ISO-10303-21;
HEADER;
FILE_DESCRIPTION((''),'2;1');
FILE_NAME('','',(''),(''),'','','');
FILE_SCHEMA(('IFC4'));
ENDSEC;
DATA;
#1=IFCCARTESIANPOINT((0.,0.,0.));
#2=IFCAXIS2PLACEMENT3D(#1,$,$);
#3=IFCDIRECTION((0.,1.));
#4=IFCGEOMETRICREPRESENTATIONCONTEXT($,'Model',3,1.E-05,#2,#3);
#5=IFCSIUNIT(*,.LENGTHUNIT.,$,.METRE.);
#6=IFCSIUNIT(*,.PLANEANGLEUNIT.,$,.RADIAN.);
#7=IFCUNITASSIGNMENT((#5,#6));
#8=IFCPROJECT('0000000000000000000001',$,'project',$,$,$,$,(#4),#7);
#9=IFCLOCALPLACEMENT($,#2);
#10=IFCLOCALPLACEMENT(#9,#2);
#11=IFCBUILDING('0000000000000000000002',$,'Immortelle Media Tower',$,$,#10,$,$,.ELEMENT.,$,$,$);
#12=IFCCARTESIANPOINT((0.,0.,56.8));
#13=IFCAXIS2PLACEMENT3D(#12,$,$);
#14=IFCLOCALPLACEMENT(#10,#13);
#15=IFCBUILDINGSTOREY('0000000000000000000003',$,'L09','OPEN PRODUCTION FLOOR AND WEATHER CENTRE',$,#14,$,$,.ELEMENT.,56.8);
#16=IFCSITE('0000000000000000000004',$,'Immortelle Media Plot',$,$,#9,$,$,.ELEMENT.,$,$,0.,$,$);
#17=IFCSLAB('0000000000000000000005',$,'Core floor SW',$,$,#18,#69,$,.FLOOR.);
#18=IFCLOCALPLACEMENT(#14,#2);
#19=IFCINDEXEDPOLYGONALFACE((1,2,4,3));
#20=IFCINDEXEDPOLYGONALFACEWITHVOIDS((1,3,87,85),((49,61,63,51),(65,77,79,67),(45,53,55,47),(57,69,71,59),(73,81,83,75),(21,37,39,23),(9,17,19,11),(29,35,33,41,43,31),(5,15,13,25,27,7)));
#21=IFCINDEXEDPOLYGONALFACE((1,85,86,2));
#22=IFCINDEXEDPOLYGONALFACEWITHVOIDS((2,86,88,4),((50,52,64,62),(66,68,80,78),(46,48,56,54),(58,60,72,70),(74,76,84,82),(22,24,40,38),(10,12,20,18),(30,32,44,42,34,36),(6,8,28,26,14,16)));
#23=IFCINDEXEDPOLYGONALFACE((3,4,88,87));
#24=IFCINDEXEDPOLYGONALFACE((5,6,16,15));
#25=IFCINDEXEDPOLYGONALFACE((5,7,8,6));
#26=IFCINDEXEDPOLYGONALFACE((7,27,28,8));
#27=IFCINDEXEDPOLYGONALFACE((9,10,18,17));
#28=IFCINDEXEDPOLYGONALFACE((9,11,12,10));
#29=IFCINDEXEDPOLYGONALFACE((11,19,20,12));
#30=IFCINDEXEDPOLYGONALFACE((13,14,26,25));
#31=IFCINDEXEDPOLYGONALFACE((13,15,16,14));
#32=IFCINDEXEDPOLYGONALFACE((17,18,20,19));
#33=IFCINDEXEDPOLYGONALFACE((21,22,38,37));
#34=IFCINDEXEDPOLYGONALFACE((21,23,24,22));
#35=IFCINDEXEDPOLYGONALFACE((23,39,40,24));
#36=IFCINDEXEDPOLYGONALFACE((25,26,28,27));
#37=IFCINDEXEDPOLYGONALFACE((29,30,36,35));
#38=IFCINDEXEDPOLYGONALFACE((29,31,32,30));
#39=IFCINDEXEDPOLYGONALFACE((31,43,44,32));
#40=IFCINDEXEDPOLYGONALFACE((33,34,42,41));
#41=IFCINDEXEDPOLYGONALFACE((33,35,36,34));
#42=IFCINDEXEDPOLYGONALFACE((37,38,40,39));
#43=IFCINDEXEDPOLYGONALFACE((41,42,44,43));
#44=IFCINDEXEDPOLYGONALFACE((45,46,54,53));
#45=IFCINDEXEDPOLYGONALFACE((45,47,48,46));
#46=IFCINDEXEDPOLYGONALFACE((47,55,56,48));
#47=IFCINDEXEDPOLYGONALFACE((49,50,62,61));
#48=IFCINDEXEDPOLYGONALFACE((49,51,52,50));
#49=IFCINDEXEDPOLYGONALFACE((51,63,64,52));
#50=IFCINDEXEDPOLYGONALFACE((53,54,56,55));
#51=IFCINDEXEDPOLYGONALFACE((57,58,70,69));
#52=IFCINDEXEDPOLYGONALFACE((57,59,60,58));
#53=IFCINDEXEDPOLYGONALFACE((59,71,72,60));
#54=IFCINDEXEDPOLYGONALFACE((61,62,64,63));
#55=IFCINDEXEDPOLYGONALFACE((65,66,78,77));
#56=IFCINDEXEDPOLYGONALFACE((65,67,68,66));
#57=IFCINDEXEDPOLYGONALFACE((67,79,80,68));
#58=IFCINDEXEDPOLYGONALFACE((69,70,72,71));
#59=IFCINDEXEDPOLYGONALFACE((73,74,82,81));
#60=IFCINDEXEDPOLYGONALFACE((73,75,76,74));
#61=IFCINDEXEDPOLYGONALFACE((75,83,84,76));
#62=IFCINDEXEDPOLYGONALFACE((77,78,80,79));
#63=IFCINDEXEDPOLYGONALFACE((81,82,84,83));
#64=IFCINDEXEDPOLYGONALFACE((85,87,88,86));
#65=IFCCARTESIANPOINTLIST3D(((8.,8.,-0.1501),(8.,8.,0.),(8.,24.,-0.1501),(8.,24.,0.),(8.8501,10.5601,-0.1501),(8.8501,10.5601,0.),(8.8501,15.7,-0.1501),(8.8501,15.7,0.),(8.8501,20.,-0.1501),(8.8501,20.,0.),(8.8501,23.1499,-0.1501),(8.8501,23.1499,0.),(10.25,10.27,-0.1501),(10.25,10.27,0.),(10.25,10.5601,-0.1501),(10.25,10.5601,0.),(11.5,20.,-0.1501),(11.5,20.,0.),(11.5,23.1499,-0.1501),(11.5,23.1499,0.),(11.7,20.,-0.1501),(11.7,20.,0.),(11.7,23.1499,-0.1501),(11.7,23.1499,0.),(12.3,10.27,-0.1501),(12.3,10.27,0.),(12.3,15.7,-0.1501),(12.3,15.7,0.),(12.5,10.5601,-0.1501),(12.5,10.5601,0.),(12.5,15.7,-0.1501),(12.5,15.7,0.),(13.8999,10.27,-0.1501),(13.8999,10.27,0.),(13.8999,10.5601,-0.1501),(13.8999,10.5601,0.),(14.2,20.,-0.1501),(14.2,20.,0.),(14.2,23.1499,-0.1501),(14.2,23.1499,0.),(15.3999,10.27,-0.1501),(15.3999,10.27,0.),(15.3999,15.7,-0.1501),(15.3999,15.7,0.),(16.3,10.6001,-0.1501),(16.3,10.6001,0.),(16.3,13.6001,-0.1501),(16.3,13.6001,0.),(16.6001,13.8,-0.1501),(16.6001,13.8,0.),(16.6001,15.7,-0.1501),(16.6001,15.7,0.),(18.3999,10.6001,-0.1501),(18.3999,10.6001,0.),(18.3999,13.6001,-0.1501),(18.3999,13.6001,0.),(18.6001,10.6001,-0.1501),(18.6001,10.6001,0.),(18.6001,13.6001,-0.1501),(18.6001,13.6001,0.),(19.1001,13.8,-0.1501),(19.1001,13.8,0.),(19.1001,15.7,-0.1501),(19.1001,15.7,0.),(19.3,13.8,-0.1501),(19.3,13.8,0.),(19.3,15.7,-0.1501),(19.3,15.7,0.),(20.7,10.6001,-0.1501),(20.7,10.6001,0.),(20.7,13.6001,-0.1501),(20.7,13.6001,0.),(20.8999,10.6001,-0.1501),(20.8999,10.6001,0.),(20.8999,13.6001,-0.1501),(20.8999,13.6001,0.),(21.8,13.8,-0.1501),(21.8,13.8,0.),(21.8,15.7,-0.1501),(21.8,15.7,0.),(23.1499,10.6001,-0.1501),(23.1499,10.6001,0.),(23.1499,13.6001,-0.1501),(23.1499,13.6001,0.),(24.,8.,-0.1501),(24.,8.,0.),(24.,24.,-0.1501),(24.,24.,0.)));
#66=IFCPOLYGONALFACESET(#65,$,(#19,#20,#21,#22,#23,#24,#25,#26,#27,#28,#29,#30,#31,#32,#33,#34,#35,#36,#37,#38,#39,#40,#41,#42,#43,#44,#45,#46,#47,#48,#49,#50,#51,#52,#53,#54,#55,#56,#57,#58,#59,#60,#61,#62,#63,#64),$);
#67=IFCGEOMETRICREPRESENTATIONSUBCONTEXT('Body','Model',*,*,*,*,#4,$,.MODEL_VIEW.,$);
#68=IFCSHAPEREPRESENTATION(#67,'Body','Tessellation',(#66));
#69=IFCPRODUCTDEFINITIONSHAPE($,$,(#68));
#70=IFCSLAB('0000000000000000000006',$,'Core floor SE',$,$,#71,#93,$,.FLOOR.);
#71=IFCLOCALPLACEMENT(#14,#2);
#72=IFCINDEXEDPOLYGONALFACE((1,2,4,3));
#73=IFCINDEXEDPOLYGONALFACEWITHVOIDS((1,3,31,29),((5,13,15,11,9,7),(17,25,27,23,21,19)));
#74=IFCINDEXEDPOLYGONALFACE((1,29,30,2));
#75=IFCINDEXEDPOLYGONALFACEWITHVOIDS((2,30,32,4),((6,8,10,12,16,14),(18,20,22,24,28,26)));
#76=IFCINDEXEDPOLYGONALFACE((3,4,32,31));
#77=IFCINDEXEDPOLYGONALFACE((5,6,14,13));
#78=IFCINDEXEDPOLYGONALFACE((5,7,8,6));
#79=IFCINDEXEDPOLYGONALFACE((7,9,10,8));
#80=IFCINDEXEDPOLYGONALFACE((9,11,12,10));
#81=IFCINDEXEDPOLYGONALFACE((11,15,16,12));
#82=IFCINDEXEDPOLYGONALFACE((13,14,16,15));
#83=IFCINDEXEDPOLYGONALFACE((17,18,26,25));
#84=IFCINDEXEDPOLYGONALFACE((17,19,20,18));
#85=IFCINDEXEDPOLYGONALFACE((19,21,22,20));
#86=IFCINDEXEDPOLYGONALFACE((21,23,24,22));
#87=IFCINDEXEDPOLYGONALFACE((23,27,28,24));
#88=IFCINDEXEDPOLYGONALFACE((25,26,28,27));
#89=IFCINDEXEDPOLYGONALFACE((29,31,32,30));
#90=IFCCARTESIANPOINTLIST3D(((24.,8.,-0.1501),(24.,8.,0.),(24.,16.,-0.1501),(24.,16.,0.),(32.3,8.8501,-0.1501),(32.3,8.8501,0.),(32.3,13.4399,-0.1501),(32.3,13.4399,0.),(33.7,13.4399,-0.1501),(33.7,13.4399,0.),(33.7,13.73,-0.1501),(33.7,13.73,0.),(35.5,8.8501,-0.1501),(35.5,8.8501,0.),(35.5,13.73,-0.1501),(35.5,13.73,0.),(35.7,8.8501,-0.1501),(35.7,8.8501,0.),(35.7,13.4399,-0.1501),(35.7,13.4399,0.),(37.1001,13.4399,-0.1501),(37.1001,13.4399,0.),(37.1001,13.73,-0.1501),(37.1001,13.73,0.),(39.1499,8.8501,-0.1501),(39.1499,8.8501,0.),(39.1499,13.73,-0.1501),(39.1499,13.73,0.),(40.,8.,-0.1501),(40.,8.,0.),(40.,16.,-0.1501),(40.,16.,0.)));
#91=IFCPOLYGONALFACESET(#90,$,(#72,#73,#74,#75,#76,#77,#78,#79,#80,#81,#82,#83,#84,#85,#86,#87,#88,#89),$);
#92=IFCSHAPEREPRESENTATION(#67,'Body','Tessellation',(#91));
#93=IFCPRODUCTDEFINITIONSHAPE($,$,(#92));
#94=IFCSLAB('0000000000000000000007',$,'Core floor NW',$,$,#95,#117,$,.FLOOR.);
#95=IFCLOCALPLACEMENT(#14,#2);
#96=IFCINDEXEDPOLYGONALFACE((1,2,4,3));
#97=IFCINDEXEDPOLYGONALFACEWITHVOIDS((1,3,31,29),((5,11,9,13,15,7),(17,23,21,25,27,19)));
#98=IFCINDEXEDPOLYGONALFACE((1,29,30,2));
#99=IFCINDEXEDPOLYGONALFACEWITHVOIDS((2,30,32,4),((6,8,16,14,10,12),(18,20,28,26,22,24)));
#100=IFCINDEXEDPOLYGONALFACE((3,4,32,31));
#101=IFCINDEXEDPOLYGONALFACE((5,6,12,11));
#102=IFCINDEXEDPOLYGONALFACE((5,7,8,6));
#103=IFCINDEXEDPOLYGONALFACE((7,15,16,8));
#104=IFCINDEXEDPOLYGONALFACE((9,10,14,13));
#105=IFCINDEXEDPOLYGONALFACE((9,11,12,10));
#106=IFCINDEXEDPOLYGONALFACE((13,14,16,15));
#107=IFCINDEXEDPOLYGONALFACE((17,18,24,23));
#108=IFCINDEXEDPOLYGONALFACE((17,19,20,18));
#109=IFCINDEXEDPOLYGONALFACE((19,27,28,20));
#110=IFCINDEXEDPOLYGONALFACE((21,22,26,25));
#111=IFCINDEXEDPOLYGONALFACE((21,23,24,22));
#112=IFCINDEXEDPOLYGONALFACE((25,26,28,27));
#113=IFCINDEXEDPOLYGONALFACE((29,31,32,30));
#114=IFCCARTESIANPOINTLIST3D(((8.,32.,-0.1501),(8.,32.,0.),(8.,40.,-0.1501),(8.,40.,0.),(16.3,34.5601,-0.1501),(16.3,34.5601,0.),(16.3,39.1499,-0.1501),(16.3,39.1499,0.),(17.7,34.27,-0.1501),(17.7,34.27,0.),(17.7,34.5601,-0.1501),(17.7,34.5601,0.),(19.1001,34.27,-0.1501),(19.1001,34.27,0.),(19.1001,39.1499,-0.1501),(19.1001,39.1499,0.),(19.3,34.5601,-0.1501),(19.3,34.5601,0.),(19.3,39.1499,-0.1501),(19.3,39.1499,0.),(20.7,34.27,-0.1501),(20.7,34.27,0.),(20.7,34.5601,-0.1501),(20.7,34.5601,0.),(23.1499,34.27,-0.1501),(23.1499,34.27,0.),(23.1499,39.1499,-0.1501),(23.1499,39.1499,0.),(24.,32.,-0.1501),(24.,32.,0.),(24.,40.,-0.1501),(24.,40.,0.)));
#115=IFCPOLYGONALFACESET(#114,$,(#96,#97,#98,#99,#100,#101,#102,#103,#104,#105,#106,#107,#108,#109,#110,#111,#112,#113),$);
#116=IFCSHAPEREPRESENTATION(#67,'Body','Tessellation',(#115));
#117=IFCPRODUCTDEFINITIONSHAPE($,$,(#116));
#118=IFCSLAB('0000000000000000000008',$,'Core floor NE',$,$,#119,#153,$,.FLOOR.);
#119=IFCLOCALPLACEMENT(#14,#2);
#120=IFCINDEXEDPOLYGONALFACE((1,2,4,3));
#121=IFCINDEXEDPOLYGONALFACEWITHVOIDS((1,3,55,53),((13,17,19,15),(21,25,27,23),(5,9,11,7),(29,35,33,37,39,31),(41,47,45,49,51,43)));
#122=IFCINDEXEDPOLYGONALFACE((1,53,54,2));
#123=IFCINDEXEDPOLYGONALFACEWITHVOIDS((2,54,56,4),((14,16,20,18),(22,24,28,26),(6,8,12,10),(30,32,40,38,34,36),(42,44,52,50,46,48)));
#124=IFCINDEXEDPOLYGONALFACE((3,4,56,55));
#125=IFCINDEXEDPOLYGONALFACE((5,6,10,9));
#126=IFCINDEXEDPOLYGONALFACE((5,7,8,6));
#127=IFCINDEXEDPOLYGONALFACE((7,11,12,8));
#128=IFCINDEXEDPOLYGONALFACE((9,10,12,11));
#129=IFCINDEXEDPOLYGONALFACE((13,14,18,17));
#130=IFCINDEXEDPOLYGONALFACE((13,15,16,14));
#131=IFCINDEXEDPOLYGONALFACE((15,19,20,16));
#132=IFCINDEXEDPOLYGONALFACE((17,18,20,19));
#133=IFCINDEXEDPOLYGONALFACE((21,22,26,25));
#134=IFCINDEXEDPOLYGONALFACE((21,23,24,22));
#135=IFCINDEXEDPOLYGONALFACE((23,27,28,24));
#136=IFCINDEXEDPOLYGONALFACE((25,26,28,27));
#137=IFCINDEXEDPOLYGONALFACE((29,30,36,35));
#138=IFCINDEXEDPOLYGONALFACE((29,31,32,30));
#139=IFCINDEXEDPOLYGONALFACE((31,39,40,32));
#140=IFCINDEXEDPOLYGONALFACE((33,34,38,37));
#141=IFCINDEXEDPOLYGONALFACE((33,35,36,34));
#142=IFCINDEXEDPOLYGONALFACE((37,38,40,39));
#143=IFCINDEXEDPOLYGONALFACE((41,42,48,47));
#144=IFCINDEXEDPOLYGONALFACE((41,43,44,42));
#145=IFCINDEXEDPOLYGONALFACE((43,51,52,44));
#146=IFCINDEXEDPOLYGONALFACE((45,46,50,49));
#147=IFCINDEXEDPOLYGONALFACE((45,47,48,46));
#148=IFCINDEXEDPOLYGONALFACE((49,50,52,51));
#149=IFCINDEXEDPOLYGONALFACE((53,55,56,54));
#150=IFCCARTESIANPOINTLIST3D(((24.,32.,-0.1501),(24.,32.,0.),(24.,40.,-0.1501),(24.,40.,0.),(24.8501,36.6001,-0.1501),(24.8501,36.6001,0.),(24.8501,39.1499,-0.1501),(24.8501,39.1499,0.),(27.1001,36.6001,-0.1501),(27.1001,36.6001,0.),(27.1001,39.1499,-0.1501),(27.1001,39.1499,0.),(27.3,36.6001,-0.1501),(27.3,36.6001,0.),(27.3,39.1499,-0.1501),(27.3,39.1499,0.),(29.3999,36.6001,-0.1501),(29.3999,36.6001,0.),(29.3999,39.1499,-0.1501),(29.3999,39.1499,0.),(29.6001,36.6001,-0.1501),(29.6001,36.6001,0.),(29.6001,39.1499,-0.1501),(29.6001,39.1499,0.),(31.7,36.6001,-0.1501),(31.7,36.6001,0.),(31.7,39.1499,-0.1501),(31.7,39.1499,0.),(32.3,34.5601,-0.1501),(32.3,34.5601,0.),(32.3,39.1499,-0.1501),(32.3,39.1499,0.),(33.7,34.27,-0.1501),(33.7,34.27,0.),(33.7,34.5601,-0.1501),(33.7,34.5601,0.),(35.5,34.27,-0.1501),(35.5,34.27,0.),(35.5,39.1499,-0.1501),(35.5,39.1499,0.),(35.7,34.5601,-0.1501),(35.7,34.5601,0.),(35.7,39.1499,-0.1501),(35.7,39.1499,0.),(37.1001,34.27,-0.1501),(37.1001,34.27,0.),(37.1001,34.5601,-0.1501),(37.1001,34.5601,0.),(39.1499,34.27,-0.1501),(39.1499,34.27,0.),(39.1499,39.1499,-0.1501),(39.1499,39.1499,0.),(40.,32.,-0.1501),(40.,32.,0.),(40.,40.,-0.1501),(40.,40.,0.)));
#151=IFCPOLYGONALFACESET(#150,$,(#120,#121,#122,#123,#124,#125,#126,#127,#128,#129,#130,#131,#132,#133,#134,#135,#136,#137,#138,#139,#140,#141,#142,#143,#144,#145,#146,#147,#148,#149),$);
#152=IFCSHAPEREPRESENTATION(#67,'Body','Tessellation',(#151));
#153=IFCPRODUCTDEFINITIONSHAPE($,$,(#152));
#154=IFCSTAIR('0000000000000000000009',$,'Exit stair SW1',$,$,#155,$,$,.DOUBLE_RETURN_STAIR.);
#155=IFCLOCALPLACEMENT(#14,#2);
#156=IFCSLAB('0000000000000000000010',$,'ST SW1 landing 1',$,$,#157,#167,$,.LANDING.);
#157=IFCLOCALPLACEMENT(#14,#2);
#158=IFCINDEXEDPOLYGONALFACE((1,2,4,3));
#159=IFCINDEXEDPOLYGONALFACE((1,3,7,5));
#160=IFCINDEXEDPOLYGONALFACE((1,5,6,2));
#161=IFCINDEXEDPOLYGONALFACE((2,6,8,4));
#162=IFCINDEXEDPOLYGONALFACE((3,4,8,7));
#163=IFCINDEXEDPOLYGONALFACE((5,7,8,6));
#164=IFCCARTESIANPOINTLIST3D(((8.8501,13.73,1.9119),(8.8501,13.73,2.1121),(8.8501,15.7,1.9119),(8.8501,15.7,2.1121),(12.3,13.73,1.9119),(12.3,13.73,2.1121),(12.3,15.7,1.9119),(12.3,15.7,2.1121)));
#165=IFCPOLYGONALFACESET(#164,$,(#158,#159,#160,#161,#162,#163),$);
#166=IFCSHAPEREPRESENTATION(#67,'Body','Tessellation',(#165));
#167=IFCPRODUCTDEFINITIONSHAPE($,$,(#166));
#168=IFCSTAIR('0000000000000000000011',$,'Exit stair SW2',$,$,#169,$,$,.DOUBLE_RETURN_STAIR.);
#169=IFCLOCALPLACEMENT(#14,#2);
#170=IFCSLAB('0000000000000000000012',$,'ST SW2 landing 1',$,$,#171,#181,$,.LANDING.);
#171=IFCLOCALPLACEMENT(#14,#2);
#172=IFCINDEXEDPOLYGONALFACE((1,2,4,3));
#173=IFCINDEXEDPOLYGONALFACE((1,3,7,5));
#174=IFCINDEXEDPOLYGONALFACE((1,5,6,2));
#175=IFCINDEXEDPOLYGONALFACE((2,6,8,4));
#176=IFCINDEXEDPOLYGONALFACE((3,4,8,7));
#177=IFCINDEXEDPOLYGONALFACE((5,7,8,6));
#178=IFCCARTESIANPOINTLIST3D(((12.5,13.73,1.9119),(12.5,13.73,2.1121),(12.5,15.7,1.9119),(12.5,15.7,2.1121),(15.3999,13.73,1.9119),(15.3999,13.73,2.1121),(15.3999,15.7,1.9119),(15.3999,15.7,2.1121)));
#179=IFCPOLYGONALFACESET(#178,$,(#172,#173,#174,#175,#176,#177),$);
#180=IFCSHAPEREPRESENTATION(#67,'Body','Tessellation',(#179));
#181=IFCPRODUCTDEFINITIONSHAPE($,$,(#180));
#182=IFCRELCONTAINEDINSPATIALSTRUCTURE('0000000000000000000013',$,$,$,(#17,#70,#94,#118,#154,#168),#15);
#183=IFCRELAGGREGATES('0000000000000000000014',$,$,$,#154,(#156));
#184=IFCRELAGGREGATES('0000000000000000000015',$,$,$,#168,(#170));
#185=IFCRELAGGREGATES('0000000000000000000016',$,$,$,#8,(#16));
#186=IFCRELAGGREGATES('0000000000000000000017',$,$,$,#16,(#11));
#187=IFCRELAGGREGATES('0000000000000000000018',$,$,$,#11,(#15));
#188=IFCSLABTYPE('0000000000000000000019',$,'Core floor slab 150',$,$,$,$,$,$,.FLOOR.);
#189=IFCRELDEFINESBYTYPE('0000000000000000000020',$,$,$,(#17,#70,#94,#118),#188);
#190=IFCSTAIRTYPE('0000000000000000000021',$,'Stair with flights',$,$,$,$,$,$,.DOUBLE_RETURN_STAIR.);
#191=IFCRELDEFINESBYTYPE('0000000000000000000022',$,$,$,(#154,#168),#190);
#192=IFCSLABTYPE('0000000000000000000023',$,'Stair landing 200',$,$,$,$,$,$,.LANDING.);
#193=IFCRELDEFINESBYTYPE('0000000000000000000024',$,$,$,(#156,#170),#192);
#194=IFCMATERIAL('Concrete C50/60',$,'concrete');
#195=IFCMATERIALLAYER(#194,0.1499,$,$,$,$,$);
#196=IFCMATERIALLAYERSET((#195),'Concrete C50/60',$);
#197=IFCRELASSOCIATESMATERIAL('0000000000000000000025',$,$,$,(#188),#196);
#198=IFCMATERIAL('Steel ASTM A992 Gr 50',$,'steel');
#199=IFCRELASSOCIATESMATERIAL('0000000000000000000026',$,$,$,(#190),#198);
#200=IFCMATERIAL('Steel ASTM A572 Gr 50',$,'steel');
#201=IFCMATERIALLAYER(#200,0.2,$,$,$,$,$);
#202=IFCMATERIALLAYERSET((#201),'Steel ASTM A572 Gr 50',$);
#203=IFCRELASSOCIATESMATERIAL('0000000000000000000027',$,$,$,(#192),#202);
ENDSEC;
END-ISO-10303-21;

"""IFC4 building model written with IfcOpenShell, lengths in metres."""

from ifc_helpers import new_model, si_unit, direction, frame, origin, place, context, subcontext, project, spatial, polyline, outline, extrude, material, layer, layer_set, type_object, element, aggregate, save


model = new_model("IFC4")

# Units and contexts
model_context = context("Model", 3, precision=1e-05, world=origin(), true_north=direction((0.0, 1.0)))
body_context = subcontext(model_context, "Body", "Model", "MODEL_VIEW")
ifc_project = project(units=[si_unit("LENGTHUNIT", "METRE"), si_unit("PLANEANGLEUNIT", "RADIAN")], contexts=[model_context])

# Site, building, storey
site_placement = place(None, origin())
site = spatial("IfcSite", under=ifc_project, at=site_placement, Name="Immortelle Media Plot", CompositionType="ELEMENT", RefElevation=0.0)
building_placement = place(site_placement, origin())
building = spatial("IfcBuilding", under=site, at=building_placement, Name="Immortelle Media Tower", CompositionType="ELEMENT")
storey_placement = place(building_placement, frame((0.0, 0.0, 56.8)))
storey = spatial("IfcBuildingStorey", under=building, at=storey_placement, Name="L09", Description="OPEN PRODUCTION FLOOR AND WEATHER CENTRE", CompositionType="ELEMENT", Elevation=56.8)

# Slabs
ifc_material_1 = material(Name="Concrete C50/60", Category="concrete")
ifc_layer_1 = layer(ifc_material_1, 0.1499)
ifc_layer_set_1 = layer_set([ifc_layer_1], Name="Concrete C50/60")
slab_type_1 = type_object("IfcSlabType", Name="Core floor slab 150", PredefinedType="FLOOR", material=ifc_layer_set_1)
slab_1_placement = place(storey_placement, frame((0.0, 0.0, -0.1501)))
element("IfcSlab", 1, at=slab_1_placement, inside=storey, type_object=slab_type_1, Name="Core floor SW", PredefinedType="FLOOR", context=body_context, shape_type="SweptSolid", body=[
    extrude(outline(polyline([(8.0, 8.0), (24.0, 8.0), (24.0, 24.0), (8.0, 24.0), (8.0, 8.0)]), holes=[polyline([(8.8501, 20.0), (11.5, 20.0), (11.5, 23.1499), (8.8501, 23.1499), (8.8501, 20.0)]), polyline([(11.7, 20.0), (14.2, 20.0), (14.2, 23.1499), (11.7, 23.1499), (11.7, 20.0)]), polyline([(16.6001, 13.8), (19.1001, 13.8), (19.1001, 15.7), (16.6001, 15.7), (16.6001, 13.8)]), polyline([(19.3, 13.8), (21.8, 13.8), (21.8, 15.7), (19.3, 15.7), (19.3, 13.8)]), polyline([(16.3, 10.6001), (18.3999, 10.6001), (18.3999, 13.6001), (16.3, 13.6001), (16.3, 10.6001)]), polyline([(18.6001, 10.6001), (20.7, 10.6001), (20.7, 13.6001), (18.6001, 13.6001), (18.6001, 10.6001)]), polyline([(20.8999, 10.6001), (23.1499, 10.6001), (23.1499, 13.6001), (20.8999, 13.6001), (20.8999, 10.6001)]), polyline([(8.8501, 15.7), (12.3, 15.7), (12.3, 10.27), (10.25, 10.27), (10.25, 10.5601), (8.8501, 10.5601), (8.8501, 15.7)]), polyline([(12.5, 15.7), (15.3999, 15.7), (15.3999, 10.27), (13.8999, 10.27), (13.8999, 10.5601), (12.5, 10.5601), (12.5, 15.7)])]), origin(), (0.0, 0.0, 1.0), 0.1501),
])
slab_2_placement = place(storey_placement, frame((0.0, 0.0, -0.1501)))
element("IfcSlab", 2, at=slab_2_placement, inside=storey, type_object=slab_type_1, Name="Core floor SE", PredefinedType="FLOOR", context=body_context, shape_type="SweptSolid", body=[
    extrude(outline(polyline([(24.0, 8.0), (40.0, 8.0), (40.0, 16.0), (24.0, 16.0), (24.0, 8.0)]), holes=[polyline([(35.5, 13.73), (35.5, 8.8501), (32.3, 8.8501), (32.3, 13.4399), (33.7, 13.4399), (33.7, 13.73), (35.5, 13.73)]), polyline([(39.1499, 13.73), (39.1499, 8.8501), (35.7, 8.8501), (35.7, 13.4399), (37.1001, 13.4399), (37.1001, 13.73), (39.1499, 13.73)])]), origin(), (0.0, 0.0, 1.0), 0.1501),
])
slab_3_placement = place(storey_placement, frame((0.0, 0.0, -0.1501)))
element("IfcSlab", 3, at=slab_3_placement, inside=storey, type_object=slab_type_1, Name="Core floor NW", PredefinedType="FLOOR", context=body_context, shape_type="SweptSolid", body=[
    extrude(outline(polyline([(8.0, 32.0), (24.0, 32.0), (24.0, 40.0), (8.0, 40.0), (8.0, 32.0)]), holes=[polyline([(16.3, 39.1499), (19.1001, 39.1499), (19.1001, 34.27), (17.7, 34.27), (17.7, 34.5601), (16.3, 34.5601), (16.3, 39.1499)]), polyline([(19.3, 39.1499), (23.1499, 39.1499), (23.1499, 34.27), (20.7, 34.27), (20.7, 34.5601), (19.3, 34.5601), (19.3, 39.1499)])]), origin(), (0.0, 0.0, 1.0), 0.1501),
])
slab_4_placement = place(storey_placement, frame((0.0, 0.0, -0.1501)))
element("IfcSlab", 4, at=slab_4_placement, inside=storey, type_object=slab_type_1, Name="Core floor NE", PredefinedType="FLOOR", context=body_context, shape_type="SweptSolid", body=[
    extrude(outline(polyline([(24.0, 32.0), (40.0, 32.0), (40.0, 40.0), (24.0, 40.0), (24.0, 32.0)]), holes=[polyline([(24.8501, 36.6001), (27.1001, 36.6001), (27.1001, 39.1499), (24.8501, 39.1499), (24.8501, 36.6001)]), polyline([(27.3, 36.6001), (29.3999, 36.6001), (29.3999, 39.1499), (27.3, 39.1499), (27.3, 36.6001)]), polyline([(29.6001, 36.6001), (31.7, 36.6001), (31.7, 39.1499), (29.6001, 39.1499), (29.6001, 36.6001)]), polyline([(32.3, 39.1499), (35.5, 39.1499), (35.5, 34.27), (33.7, 34.27), (33.7, 34.5601), (32.3, 34.5601), (32.3, 39.1499)]), polyline([(35.7, 39.1499), (39.1499, 39.1499), (39.1499, 34.27), (37.1001, 34.27), (37.1001, 34.5601), (35.7, 34.5601), (35.7, 39.1499)])]), origin(), (0.0, 0.0, 1.0), 0.1501),
])

# Stairs, slabs
ifc_material_2 = material(Name="Steel ASTM A992 Gr 50", Category="steel")
stair_type = type_object("IfcStairType", Name="Stair with flights", PredefinedType="DOUBLE_RETURN_STAIR", material=ifc_material_2)
stair_1_placement = place(storey_placement, origin())
stair_1 = element("IfcStair", 5, at=stair_1_placement, inside=storey, type_object=stair_type, Name="Exit stair SW1", PredefinedType="DOUBLE_RETURN_STAIR")
ifc_material_3 = material(Name="Steel ASTM A572 Gr 50", Category="steel")
ifc_layer_2 = layer(ifc_material_3, 0.2)
ifc_layer_set_2 = layer_set([ifc_layer_2], Name="Steel ASTM A572 Gr 50")
slab_type_2 = type_object("IfcSlabType", Name="Stair landing 200", PredefinedType="LANDING", material=ifc_layer_set_2)
slab_5_placement = place(storey_placement, frame((0.0, 0.0, 1.9119)))
slab_5 = element("IfcSlab", 6, at=slab_5_placement, type_object=slab_type_2, Name="ST SW1 landing 1", PredefinedType="LANDING", context=body_context, shape_type="SweptSolid", body=[
    extrude(outline(polyline([(8.8501, 13.73), (12.3, 13.73), (12.3, 15.7), (8.8501, 15.7), (8.8501, 13.73)])), origin(), (0.0, 0.0, 1.0), 0.2002),
])
aggregate(stair_1, [slab_5])
stair_2_placement = place(storey_placement, origin())
stair_2 = element("IfcStair", 7, at=stair_2_placement, inside=storey, type_object=stair_type, Name="Exit stair SW2", PredefinedType="DOUBLE_RETURN_STAIR")
slab_6_placement = place(storey_placement, frame((0.0, 0.0, 1.9119)))
slab_6 = element("IfcSlab", 8, at=slab_6_placement, type_object=slab_type_2, Name="ST SW2 landing 1", PredefinedType="LANDING", context=body_context, shape_type="SweptSolid", body=[
    extrude(outline(polyline([(12.5, 13.73), (15.3999, 13.73), (15.3999, 15.7), (12.5, 15.7), (12.5, 13.73)])), origin(), (0.0, 0.0, 1.0), 0.2002),
])
aggregate(stair_2, [slab_6])

save(model, "model.ifc")
